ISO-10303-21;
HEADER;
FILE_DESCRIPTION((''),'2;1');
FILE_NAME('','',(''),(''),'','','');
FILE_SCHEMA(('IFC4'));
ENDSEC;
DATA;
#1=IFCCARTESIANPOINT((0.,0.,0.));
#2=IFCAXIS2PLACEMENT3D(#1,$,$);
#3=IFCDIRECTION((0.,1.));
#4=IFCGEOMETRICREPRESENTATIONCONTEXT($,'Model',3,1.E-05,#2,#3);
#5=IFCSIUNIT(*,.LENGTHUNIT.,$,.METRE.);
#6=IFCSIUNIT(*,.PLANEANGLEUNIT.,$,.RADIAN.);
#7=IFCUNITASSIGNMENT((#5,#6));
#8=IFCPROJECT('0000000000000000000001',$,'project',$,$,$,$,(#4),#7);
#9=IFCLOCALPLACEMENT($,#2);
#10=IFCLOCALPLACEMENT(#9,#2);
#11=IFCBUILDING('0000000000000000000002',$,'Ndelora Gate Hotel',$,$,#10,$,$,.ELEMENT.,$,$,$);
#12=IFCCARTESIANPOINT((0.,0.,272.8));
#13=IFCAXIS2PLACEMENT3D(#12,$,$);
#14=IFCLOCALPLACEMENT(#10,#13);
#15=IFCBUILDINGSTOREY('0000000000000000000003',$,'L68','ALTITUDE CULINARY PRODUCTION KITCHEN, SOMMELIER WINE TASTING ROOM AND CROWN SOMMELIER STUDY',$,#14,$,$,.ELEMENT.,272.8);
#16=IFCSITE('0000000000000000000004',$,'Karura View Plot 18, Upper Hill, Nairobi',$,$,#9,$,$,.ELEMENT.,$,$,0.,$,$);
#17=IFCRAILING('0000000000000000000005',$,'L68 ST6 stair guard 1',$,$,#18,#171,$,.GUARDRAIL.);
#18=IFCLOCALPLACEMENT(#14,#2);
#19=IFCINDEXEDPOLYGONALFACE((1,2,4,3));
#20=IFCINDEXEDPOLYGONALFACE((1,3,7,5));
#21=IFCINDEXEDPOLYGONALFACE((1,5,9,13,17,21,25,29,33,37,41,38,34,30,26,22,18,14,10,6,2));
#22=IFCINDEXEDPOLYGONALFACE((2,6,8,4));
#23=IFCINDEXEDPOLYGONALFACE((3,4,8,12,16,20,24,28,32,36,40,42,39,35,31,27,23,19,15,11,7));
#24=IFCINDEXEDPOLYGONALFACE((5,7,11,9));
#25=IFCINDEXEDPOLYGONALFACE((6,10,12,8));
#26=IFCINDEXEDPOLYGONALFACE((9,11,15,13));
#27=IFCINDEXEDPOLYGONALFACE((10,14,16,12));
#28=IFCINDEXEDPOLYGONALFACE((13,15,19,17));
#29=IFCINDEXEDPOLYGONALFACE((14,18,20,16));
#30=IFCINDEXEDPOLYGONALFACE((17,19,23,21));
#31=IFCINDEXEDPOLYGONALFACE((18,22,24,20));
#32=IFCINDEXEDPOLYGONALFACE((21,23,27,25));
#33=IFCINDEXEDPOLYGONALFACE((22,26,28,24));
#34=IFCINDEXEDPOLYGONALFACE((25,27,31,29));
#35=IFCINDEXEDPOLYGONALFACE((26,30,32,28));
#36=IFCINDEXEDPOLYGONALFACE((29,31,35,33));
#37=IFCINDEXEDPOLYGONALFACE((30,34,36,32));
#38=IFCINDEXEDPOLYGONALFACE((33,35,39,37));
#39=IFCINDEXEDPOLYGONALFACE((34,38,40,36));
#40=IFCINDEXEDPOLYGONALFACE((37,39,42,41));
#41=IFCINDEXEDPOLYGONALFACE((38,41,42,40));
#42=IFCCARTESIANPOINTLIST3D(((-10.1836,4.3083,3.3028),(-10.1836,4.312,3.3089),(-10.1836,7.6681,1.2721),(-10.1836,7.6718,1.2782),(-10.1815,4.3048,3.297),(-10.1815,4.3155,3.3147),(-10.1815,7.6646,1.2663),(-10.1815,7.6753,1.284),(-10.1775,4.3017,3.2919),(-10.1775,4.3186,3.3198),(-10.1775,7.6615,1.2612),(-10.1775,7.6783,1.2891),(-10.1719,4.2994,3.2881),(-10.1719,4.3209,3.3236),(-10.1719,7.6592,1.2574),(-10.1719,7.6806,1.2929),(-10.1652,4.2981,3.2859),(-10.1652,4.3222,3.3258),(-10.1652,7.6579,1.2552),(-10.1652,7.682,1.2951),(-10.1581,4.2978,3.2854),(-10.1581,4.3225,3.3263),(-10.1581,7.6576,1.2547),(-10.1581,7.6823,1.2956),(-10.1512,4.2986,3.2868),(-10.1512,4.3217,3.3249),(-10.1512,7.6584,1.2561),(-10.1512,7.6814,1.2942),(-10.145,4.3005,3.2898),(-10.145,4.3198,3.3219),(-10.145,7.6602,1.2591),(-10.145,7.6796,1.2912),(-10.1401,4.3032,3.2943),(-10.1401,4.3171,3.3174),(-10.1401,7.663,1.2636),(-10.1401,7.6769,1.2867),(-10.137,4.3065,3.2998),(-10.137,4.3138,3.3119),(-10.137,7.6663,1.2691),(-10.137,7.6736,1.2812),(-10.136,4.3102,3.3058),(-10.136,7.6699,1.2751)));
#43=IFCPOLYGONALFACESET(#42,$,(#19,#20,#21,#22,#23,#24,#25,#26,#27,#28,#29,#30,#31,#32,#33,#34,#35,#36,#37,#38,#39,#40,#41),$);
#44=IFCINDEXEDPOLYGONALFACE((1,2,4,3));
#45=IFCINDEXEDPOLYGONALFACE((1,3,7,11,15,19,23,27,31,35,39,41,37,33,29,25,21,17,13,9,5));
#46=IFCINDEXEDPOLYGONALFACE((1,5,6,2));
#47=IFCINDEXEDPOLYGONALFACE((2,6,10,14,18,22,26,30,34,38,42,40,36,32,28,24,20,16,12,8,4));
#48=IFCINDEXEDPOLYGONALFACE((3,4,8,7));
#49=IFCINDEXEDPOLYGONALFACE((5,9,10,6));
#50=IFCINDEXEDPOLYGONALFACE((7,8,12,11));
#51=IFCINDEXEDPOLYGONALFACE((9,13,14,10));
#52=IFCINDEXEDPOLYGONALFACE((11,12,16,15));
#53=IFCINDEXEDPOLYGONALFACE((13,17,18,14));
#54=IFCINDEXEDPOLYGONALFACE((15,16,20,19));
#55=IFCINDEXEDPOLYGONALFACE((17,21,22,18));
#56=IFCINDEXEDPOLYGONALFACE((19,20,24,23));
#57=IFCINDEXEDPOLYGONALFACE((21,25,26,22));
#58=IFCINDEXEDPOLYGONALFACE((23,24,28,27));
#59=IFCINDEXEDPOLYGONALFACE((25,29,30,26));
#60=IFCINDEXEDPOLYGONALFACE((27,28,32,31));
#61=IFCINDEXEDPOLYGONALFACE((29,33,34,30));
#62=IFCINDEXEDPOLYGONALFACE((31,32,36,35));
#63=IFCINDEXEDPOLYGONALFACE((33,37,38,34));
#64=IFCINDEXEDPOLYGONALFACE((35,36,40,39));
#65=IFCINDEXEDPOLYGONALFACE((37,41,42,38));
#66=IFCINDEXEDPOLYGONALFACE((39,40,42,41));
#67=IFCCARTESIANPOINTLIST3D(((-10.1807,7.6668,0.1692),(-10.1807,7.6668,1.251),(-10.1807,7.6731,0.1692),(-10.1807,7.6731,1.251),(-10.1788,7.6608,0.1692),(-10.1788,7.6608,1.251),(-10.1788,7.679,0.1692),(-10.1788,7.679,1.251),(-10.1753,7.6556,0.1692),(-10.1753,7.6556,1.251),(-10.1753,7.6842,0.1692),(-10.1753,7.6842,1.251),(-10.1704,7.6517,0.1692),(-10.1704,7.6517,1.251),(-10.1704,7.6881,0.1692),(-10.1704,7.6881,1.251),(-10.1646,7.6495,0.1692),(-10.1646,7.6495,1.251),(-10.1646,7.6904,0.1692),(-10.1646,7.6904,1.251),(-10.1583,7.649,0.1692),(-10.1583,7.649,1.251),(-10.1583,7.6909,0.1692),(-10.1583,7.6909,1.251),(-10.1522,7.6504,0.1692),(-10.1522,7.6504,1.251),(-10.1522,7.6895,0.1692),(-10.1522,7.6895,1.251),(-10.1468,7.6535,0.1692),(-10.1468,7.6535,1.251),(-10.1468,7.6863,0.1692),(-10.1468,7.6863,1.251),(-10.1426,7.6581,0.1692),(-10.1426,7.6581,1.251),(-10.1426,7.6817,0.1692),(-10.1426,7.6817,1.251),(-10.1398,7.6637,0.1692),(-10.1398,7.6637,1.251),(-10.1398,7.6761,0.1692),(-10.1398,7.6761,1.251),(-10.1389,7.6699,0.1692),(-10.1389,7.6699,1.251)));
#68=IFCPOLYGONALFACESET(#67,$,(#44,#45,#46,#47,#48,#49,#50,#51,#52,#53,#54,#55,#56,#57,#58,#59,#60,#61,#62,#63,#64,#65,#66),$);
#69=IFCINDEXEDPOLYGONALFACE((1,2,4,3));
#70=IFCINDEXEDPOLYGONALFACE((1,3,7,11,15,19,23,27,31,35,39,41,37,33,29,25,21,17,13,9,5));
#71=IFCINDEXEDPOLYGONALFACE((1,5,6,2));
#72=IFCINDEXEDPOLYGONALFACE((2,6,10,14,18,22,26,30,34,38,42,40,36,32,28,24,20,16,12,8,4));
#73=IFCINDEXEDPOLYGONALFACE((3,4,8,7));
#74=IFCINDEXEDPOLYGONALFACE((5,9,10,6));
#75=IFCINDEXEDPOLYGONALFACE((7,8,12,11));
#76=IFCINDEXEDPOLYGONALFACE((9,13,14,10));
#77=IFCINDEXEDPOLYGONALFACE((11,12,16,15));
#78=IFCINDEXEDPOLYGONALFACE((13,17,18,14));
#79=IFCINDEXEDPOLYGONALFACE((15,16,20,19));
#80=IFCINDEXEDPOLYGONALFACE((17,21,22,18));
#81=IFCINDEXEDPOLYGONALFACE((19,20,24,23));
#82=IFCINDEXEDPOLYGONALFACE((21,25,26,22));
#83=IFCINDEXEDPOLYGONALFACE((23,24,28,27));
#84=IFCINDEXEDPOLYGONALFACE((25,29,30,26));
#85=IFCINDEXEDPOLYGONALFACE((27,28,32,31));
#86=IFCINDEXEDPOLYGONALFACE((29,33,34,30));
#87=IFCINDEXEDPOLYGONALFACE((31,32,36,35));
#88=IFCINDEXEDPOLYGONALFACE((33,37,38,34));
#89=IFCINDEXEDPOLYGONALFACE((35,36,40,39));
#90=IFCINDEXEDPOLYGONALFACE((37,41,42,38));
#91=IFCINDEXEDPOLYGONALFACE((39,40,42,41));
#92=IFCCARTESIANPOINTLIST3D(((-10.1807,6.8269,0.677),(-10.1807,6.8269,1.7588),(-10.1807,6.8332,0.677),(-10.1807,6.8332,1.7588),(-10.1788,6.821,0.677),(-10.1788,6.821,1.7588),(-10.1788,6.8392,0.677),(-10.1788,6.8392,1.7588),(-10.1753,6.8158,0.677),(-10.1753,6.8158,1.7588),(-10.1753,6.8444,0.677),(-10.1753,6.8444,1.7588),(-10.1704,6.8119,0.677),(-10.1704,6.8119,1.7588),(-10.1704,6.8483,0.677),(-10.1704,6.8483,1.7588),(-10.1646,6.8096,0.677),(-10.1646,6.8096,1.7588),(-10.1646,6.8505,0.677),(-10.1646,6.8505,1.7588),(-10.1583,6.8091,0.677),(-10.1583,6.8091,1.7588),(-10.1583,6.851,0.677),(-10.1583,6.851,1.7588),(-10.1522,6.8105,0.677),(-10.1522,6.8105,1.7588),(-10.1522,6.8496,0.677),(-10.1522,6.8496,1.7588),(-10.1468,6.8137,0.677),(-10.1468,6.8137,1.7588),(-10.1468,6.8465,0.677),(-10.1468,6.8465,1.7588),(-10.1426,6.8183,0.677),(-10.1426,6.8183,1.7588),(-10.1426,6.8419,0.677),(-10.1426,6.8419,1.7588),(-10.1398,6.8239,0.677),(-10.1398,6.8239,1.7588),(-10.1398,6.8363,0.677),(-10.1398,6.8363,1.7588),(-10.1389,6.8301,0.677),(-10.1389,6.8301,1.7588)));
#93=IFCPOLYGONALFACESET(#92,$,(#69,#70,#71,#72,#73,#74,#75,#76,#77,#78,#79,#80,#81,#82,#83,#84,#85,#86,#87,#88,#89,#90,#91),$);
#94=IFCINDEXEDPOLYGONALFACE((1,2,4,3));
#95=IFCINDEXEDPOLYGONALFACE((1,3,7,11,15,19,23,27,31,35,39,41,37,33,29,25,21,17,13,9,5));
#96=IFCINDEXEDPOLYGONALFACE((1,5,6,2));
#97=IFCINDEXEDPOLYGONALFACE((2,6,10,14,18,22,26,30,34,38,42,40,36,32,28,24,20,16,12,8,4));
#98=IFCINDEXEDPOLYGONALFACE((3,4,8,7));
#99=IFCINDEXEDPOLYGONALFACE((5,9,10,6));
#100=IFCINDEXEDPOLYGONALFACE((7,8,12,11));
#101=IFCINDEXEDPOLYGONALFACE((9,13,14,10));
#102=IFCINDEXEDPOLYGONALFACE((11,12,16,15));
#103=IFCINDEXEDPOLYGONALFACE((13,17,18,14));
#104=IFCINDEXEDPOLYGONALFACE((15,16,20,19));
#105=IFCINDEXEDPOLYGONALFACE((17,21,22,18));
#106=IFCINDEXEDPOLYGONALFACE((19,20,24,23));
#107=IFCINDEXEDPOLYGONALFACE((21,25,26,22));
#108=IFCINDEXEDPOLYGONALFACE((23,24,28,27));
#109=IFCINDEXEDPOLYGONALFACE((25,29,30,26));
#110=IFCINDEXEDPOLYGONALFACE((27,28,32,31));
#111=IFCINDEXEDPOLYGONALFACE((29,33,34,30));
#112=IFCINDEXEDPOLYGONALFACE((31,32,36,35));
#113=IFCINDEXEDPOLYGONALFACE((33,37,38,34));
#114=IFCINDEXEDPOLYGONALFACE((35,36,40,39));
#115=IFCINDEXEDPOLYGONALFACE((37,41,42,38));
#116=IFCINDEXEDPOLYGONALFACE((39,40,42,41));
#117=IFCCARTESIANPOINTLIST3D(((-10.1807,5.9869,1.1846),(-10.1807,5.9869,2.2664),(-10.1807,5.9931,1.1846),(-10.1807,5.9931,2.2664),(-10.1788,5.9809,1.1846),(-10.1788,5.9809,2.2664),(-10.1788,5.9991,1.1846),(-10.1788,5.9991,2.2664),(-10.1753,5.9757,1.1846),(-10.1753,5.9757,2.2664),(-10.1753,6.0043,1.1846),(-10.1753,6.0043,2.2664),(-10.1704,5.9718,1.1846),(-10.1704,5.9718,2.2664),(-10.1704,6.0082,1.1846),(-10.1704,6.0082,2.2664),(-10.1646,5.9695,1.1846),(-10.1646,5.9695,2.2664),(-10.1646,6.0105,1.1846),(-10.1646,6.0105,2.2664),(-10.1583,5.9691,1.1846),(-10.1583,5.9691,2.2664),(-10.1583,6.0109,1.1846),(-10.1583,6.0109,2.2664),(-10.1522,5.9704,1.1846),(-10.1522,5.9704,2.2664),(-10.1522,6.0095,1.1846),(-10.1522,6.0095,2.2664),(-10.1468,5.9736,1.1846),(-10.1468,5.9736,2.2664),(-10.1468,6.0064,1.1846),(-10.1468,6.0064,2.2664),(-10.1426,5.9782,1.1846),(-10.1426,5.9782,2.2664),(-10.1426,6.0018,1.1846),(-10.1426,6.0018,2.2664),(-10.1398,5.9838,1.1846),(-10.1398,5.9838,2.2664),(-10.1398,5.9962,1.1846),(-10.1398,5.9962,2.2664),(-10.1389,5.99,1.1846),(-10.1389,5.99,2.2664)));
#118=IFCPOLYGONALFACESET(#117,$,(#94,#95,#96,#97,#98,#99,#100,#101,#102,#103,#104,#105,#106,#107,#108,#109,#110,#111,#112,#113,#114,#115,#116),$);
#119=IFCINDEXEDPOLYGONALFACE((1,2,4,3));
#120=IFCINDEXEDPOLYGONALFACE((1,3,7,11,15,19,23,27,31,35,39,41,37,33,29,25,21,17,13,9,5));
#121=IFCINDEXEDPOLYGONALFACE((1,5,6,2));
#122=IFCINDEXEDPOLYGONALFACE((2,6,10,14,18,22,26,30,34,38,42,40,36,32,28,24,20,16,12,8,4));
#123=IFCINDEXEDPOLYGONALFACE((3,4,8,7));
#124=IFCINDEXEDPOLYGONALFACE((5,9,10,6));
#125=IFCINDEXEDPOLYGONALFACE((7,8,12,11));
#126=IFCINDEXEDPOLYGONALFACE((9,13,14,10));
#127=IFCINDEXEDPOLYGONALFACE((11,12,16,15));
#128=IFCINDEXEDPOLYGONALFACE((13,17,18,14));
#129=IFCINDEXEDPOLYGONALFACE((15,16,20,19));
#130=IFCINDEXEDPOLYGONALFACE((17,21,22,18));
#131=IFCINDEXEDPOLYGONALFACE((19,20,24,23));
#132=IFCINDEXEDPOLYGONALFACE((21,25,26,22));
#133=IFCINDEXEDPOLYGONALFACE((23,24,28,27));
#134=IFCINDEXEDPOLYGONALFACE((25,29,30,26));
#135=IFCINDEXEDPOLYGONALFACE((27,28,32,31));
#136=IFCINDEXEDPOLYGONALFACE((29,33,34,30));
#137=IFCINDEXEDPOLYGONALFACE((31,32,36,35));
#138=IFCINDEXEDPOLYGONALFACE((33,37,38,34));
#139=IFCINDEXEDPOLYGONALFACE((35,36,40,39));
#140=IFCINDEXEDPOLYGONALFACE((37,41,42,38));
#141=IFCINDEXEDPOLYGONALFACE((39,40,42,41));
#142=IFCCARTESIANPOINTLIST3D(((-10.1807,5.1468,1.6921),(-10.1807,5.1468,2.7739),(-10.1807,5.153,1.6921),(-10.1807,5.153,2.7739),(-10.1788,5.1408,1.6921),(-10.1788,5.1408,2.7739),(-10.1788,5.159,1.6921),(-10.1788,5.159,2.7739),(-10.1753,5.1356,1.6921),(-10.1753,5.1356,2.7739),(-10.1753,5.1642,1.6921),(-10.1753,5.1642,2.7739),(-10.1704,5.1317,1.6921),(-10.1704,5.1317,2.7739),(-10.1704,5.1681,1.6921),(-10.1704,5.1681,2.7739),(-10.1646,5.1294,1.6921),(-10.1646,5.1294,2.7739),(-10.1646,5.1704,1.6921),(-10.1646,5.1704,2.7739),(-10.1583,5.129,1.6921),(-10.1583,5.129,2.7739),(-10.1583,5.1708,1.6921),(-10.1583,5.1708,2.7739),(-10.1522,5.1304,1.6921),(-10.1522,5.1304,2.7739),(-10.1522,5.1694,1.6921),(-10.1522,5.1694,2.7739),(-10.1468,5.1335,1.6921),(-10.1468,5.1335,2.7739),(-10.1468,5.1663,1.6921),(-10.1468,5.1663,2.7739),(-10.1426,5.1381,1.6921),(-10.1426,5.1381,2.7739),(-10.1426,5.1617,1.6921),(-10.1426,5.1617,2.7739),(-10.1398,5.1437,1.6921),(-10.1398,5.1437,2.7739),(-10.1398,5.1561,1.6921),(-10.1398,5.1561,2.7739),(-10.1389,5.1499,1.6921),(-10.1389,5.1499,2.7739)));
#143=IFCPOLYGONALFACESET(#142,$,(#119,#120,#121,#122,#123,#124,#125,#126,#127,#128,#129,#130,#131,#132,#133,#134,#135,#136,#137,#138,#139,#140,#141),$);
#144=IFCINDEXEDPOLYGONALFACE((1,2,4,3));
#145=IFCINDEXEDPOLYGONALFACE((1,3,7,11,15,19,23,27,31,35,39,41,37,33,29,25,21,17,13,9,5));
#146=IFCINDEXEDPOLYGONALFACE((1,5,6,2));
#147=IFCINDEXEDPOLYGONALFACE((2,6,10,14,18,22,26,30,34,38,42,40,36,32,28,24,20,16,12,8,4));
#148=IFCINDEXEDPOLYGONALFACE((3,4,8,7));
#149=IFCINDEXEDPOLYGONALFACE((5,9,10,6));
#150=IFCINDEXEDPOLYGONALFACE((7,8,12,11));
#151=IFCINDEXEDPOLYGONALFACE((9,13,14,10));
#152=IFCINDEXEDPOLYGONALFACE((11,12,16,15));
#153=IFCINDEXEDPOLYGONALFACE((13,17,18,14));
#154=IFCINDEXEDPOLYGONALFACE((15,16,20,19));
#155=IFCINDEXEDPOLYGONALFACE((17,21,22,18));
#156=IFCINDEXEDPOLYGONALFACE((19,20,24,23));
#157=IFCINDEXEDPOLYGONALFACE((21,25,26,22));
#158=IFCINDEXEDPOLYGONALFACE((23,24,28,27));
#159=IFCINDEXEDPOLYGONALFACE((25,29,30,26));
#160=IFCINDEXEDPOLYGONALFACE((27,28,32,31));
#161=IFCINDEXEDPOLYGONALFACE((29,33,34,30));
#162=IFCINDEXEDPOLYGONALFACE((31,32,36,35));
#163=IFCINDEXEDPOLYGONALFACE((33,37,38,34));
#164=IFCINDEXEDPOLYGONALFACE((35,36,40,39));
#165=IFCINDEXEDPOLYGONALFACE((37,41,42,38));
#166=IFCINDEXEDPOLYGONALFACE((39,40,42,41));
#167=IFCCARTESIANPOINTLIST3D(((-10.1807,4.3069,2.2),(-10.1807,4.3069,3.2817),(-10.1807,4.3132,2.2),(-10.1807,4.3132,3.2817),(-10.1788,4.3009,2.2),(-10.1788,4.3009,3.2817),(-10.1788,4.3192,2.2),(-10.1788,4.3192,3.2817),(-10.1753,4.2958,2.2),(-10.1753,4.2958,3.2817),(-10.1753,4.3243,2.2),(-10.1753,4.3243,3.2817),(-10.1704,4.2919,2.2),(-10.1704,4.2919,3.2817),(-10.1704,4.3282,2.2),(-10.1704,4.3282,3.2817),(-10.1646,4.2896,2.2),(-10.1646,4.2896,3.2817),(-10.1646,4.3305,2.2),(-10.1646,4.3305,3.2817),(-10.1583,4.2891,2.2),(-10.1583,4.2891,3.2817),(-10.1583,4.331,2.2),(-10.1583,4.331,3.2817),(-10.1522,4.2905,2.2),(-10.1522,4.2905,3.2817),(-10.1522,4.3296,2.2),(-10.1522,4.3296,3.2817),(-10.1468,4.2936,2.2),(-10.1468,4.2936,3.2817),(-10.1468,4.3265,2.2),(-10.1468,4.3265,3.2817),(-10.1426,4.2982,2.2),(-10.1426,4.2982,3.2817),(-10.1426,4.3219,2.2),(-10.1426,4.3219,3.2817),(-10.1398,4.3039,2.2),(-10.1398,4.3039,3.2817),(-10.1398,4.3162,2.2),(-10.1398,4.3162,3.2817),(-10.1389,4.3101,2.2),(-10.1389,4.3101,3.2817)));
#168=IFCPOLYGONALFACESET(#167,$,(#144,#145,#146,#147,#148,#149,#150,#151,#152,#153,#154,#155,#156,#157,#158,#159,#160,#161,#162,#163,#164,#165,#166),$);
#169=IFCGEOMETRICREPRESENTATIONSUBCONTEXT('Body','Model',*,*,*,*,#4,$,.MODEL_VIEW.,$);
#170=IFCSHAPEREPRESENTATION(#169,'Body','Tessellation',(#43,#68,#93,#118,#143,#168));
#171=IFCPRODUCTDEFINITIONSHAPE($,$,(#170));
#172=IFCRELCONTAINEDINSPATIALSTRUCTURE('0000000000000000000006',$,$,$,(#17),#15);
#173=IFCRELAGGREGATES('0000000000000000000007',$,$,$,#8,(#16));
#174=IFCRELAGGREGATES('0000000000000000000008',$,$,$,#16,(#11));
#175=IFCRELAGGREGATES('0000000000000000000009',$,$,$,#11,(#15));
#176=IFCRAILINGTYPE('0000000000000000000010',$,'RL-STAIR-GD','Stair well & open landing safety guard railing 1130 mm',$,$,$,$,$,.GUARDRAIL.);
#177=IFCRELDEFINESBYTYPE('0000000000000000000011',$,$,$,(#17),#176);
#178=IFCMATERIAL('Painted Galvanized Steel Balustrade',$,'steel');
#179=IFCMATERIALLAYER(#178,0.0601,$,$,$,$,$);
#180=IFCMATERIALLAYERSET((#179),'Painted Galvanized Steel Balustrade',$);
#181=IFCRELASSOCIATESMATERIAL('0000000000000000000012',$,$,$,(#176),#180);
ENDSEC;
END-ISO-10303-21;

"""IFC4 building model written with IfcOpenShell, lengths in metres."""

from ifc_helpers import new_model, si_unit, direction, frame, origin, origin_2d, place, context, subcontext, project, spatial, circle, extrude, material, layer, layer_set, type_object, element, save


model = new_model("IFC4")

# Units and contexts
model_context = context("Model", 3, precision=1e-05, world=origin(), true_north=direction((0.0, 1.0)))
body_context = subcontext(model_context, "Body", "Model", "MODEL_VIEW")
ifc_project = project(units=[si_unit("LENGTHUNIT", "METRE"), si_unit("PLANEANGLEUNIT", "RADIAN")], contexts=[model_context])

# Site, building, storey
site_placement = place(None, origin())
site = spatial("IfcSite", under=ifc_project, at=site_placement, Name="Karura View Plot 18, Upper Hill, Nairobi", CompositionType="ELEMENT", RefElevation=0.0)
building_placement = place(site_placement, origin())
building = spatial("IfcBuilding", under=site, at=building_placement, Name="Ndelora Gate Hotel", CompositionType="ELEMENT")
storey_placement = place(building_placement, frame((0.0, 0.0, 272.8)))
storey = spatial("IfcBuildingStorey", under=building, at=storey_placement, Name="L68", Description="ALTITUDE CULINARY PRODUCTION KITCHEN, SOMMELIER WINE TASTING ROOM AND CROWN SOMMELIER STUDY", CompositionType="ELEMENT", Elevation=272.8)

# Railing
ifc_material_1 = material(Name="Painted Galvanized Steel Balustrade", Category="steel")
ifc_layer_1 = layer(ifc_material_1, 0.0601)
ifc_layer_set_1 = layer_set([ifc_layer_1], Name="Painted Galvanized Steel Balustrade")
railing_type_1 = type_object("IfcRailingType", Name="RL-STAIR-GD", Description="Stair well & open landing safety guard railing 1130 mm", PredefinedType="GUARDRAIL", material=ifc_layer_set_1)
railing_1_placement = place(storey_placement, frame((-10.1599, 7.6699, 0.1692)))
element("IfcRailing", 1, at=railing_1_placement, inside=storey, type_object=railing_type_1, Name="L68 ST6 stair guard 1", PredefinedType="GUARDRAIL", context=body_context, shape_type="SweptSolid", body=[
    extrude(circle(Radius=0.0239, at=origin_2d()), frame((0.0, 0.0, 1.106), z_axis=(0.0, -0.85582, 0.517273), x_axis=(1.0, 0.0, 0.0)), (0.0, 0.0, 1.0), 3.9258),
    extrude(circle(Radius=0.021, at=origin_2d()), origin(), (0.0, 0.0, 1.0), 1.0818),
    extrude(circle(Radius=0.021, at=origin_2d()), frame((0.0, -0.8398, 0.5078)), (0.0, 0.0, 1.0), 1.0818),
    extrude(circle(Radius=0.021, at=origin_2d()), frame((0.0, -1.6799, 1.0154)), (0.0, 0.0, 1.0), 1.0818),
    extrude(circle(Radius=0.021, at=origin_2d()), frame((0.0, -2.52, 1.5229)), (0.0, 0.0, 1.0), 1.0818),
    extrude(circle(Radius=0.021, at=origin_2d()), frame((0.0, -3.3599, 2.0308)), (0.0, 0.0, 1.0), 1.0818),
])

save(model, "model.ifc")
